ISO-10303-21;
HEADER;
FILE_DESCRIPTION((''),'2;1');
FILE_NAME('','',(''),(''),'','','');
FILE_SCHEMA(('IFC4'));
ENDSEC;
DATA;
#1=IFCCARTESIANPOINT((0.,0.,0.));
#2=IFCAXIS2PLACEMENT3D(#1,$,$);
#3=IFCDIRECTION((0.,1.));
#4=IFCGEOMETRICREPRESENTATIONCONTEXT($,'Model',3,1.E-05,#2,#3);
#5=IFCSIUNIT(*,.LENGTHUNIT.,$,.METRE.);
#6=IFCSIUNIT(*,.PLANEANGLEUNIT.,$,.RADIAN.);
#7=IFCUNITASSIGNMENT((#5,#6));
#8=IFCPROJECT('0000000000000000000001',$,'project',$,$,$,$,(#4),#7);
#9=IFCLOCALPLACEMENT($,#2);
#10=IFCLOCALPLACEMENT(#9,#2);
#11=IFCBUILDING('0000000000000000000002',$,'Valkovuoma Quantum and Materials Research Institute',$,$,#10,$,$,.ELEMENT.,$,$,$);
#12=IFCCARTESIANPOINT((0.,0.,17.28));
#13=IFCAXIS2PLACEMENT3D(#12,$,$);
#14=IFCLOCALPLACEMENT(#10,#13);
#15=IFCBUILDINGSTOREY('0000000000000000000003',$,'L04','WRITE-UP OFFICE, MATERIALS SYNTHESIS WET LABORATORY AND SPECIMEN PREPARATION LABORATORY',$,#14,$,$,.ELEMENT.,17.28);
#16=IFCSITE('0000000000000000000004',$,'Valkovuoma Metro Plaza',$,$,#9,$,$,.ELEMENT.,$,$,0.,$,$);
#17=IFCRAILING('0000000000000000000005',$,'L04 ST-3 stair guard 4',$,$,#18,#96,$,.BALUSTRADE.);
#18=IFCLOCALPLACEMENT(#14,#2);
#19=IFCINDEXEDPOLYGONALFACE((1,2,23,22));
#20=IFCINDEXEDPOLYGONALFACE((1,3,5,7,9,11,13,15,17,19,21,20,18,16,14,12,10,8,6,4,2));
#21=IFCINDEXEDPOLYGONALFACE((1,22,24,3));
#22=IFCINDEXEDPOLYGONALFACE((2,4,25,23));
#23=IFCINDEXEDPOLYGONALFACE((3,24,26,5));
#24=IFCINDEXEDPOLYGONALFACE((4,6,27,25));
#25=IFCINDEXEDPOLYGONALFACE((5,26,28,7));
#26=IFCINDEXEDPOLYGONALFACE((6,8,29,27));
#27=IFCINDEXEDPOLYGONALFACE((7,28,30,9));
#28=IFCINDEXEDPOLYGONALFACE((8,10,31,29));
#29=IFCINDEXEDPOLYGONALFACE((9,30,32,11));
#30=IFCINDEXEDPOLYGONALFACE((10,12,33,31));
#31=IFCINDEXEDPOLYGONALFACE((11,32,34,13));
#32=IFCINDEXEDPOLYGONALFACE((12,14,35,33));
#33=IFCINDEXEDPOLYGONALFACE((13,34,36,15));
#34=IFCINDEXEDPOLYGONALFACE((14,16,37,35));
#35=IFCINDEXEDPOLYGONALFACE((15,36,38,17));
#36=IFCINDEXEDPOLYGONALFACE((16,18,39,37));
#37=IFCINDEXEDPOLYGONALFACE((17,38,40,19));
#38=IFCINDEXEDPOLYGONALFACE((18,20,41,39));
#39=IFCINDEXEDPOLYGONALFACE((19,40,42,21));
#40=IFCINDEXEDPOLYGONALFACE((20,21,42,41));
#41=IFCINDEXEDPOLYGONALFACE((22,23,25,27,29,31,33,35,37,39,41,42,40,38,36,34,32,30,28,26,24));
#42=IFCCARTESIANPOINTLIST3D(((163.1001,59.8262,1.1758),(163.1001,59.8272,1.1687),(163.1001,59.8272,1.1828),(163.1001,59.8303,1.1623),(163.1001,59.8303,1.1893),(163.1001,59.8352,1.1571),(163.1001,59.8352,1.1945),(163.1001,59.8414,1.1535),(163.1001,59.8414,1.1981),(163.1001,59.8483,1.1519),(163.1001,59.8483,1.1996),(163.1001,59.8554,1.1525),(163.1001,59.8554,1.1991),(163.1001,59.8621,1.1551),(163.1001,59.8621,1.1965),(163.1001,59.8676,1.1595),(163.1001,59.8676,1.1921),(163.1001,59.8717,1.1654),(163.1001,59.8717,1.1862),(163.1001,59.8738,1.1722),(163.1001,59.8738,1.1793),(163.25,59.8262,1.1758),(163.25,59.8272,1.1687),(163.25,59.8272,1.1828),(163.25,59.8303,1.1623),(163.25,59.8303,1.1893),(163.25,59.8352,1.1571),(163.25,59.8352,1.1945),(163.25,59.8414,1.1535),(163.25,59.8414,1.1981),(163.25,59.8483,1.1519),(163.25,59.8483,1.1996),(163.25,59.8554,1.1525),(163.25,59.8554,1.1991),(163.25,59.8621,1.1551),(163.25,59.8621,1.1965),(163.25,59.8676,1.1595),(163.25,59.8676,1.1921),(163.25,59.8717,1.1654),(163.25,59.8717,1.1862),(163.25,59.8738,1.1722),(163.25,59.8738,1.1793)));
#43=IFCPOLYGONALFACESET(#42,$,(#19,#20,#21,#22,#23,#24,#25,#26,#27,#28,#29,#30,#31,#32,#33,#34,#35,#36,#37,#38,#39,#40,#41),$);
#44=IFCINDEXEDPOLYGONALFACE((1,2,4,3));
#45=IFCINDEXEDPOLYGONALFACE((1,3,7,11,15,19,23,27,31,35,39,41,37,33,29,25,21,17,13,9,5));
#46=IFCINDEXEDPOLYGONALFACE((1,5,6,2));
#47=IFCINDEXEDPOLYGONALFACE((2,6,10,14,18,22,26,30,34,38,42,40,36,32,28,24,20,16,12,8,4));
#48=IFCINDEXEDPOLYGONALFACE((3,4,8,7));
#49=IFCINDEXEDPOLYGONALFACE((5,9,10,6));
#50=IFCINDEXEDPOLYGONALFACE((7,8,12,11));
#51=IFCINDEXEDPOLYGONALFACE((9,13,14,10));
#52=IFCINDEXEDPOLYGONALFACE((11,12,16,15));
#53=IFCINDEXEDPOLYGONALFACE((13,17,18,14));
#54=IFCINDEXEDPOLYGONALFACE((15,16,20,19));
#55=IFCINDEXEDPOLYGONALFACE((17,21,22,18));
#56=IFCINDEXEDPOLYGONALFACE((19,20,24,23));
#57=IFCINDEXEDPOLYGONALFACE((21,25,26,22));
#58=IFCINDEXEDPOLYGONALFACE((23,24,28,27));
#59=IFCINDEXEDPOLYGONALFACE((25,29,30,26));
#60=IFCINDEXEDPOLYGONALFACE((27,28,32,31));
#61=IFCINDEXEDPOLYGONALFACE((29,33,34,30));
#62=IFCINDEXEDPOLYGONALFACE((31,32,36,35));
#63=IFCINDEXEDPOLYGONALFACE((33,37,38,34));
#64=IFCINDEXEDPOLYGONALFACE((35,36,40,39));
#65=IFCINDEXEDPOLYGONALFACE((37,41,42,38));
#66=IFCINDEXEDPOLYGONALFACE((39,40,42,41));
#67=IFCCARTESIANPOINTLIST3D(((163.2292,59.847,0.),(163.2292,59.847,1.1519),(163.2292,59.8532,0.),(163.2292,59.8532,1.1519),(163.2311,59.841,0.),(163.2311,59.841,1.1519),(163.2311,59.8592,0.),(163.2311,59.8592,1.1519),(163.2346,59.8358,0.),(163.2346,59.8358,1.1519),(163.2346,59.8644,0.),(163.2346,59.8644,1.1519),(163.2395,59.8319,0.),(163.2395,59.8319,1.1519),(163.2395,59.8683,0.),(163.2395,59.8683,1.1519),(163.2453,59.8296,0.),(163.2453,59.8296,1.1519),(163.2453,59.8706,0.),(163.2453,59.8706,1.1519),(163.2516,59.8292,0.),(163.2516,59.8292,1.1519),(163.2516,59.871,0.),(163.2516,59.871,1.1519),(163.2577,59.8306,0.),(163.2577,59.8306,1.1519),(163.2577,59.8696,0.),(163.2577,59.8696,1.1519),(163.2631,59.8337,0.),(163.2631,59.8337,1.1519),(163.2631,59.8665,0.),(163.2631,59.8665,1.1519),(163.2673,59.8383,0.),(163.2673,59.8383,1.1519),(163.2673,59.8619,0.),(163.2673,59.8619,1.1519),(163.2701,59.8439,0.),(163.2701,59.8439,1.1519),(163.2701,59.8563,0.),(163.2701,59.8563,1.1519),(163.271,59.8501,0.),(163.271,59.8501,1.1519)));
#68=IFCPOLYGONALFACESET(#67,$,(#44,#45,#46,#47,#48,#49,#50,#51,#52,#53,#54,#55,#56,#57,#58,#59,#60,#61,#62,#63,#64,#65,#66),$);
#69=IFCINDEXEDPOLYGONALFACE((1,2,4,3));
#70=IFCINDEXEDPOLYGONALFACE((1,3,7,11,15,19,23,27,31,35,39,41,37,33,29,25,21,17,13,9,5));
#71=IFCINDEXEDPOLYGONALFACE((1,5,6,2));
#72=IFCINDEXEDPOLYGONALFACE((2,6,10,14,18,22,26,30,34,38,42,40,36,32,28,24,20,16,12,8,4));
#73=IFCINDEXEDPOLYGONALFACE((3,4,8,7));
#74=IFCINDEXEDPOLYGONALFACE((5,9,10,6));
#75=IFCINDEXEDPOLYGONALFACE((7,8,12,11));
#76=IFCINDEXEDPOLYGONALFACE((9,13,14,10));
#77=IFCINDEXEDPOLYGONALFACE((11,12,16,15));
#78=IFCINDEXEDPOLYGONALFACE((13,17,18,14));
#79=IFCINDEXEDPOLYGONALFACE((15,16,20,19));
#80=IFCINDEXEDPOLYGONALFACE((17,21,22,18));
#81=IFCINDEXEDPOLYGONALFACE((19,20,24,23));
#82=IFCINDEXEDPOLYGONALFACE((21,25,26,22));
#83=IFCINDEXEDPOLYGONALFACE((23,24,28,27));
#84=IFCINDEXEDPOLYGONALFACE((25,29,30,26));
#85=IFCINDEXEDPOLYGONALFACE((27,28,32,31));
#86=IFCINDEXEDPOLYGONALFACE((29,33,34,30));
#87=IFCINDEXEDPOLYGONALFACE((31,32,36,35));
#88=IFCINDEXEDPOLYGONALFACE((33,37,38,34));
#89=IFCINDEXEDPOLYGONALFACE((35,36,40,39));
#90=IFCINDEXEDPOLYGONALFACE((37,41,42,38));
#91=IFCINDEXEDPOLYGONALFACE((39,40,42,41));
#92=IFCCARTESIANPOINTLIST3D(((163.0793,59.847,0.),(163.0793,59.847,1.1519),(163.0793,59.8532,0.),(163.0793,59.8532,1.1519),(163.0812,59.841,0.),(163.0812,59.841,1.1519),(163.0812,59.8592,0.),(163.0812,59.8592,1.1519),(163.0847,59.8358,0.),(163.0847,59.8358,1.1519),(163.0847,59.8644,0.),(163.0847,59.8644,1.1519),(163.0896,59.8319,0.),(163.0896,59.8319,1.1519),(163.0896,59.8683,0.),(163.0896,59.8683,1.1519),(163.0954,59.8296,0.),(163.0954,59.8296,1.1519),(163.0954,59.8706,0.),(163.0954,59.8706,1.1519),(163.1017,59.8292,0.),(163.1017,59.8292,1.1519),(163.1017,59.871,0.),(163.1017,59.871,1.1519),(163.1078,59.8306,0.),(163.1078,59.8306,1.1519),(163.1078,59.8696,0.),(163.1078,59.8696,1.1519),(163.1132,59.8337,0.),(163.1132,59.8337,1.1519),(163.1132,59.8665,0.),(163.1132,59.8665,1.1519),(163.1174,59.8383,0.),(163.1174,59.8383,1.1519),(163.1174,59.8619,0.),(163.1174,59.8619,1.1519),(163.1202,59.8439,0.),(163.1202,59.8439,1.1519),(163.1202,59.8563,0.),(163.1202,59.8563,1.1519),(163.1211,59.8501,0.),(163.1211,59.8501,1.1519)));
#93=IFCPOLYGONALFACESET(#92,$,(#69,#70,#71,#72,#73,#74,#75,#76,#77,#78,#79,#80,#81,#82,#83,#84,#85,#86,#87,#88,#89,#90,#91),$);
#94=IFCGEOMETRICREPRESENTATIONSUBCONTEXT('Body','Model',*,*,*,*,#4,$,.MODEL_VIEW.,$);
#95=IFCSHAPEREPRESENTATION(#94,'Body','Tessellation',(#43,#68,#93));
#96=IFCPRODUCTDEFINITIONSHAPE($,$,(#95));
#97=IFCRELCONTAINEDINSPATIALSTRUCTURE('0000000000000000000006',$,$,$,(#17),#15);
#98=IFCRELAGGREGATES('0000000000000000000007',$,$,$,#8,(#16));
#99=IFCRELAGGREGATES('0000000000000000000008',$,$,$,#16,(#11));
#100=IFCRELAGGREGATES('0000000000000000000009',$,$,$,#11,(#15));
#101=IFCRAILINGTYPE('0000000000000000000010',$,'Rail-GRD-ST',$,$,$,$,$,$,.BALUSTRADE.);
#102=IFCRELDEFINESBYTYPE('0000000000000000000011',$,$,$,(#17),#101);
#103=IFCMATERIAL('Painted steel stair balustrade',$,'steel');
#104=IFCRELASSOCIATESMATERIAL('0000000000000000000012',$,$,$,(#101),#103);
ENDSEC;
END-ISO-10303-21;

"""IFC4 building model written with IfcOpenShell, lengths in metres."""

from ifc_helpers import new_model, si_unit, direction, frame, origin, origin_2d, place, context, subcontext, project, spatial, circle, extrude, material, type_object, element, save


model = new_model("IFC4")

# Units and contexts
model_context = context("Model", 3, precision=1e-05, world=origin(), true_north=direction((0.0, 1.0)))
body_context = subcontext(model_context, "Body", "Model", "MODEL_VIEW")
ifc_project = project(units=[si_unit("LENGTHUNIT", "METRE"), si_unit("PLANEANGLEUNIT", "RADIAN")], contexts=[model_context])

# Site, building, storey
site_placement = place(None, origin())
site = spatial("IfcSite", under=ifc_project, at=site_placement, Name="Valkovuoma Metro Plaza", CompositionType="ELEMENT", RefElevation=0.0)
building_placement = place(site_placement, origin())
building = spatial("IfcBuilding", under=site, at=building_placement, Name="Valkovuoma Quantum and Materials Research Institute", CompositionType="ELEMENT")
storey_placement = place(building_placement, frame((0.0, 0.0, 17.28)))
storey = spatial("IfcBuildingStorey", under=building, at=storey_placement, Name="L04", Description="WRITE-UP OFFICE, MATERIALS SYNTHESIS WET LABORATORY AND SPECIMEN PREPARATION LABORATORY", CompositionType="ELEMENT", Elevation=17.28)

# Railing
ifc_material_1 = material(Name="Painted steel stair balustrade", Category="steel")
railing_type_1 = type_object("IfcRailingType", Name="Rail-GRD-ST", PredefinedType="BALUSTRADE", material=ifc_material_1)
railing_1_placement = place(storey_placement, frame((163.25, 59.8501, 0.0)))
element("IfcRailing", 1, at=railing_1_placement, inside=storey, type_object=railing_type_1, Name="L04 ST-3 stair guard 4", PredefinedType="BALUSTRADE", context=body_context, shape_type="SweptSolid", body=[
    extrude(circle(Radius=0.0239, at=origin_2d()), frame((0.0, 0.0, 1.1758), z_axis=(-1.0, 0.0, 0.0), x_axis=(0.0, -1.0, 0.0)), (0.0, 0.0, 1.0), 0.1499),
    extrude(circle(Radius=0.021, at=origin_2d()), origin(), (0.0, 0.0, 1.0), 1.1519),
    extrude(circle(Radius=0.021, at=origin_2d()), frame((-0.1499, 0.0, 0.0)), (0.0, 0.0, 1.0), 1.1519),
])

save(model, "model.ifc")
